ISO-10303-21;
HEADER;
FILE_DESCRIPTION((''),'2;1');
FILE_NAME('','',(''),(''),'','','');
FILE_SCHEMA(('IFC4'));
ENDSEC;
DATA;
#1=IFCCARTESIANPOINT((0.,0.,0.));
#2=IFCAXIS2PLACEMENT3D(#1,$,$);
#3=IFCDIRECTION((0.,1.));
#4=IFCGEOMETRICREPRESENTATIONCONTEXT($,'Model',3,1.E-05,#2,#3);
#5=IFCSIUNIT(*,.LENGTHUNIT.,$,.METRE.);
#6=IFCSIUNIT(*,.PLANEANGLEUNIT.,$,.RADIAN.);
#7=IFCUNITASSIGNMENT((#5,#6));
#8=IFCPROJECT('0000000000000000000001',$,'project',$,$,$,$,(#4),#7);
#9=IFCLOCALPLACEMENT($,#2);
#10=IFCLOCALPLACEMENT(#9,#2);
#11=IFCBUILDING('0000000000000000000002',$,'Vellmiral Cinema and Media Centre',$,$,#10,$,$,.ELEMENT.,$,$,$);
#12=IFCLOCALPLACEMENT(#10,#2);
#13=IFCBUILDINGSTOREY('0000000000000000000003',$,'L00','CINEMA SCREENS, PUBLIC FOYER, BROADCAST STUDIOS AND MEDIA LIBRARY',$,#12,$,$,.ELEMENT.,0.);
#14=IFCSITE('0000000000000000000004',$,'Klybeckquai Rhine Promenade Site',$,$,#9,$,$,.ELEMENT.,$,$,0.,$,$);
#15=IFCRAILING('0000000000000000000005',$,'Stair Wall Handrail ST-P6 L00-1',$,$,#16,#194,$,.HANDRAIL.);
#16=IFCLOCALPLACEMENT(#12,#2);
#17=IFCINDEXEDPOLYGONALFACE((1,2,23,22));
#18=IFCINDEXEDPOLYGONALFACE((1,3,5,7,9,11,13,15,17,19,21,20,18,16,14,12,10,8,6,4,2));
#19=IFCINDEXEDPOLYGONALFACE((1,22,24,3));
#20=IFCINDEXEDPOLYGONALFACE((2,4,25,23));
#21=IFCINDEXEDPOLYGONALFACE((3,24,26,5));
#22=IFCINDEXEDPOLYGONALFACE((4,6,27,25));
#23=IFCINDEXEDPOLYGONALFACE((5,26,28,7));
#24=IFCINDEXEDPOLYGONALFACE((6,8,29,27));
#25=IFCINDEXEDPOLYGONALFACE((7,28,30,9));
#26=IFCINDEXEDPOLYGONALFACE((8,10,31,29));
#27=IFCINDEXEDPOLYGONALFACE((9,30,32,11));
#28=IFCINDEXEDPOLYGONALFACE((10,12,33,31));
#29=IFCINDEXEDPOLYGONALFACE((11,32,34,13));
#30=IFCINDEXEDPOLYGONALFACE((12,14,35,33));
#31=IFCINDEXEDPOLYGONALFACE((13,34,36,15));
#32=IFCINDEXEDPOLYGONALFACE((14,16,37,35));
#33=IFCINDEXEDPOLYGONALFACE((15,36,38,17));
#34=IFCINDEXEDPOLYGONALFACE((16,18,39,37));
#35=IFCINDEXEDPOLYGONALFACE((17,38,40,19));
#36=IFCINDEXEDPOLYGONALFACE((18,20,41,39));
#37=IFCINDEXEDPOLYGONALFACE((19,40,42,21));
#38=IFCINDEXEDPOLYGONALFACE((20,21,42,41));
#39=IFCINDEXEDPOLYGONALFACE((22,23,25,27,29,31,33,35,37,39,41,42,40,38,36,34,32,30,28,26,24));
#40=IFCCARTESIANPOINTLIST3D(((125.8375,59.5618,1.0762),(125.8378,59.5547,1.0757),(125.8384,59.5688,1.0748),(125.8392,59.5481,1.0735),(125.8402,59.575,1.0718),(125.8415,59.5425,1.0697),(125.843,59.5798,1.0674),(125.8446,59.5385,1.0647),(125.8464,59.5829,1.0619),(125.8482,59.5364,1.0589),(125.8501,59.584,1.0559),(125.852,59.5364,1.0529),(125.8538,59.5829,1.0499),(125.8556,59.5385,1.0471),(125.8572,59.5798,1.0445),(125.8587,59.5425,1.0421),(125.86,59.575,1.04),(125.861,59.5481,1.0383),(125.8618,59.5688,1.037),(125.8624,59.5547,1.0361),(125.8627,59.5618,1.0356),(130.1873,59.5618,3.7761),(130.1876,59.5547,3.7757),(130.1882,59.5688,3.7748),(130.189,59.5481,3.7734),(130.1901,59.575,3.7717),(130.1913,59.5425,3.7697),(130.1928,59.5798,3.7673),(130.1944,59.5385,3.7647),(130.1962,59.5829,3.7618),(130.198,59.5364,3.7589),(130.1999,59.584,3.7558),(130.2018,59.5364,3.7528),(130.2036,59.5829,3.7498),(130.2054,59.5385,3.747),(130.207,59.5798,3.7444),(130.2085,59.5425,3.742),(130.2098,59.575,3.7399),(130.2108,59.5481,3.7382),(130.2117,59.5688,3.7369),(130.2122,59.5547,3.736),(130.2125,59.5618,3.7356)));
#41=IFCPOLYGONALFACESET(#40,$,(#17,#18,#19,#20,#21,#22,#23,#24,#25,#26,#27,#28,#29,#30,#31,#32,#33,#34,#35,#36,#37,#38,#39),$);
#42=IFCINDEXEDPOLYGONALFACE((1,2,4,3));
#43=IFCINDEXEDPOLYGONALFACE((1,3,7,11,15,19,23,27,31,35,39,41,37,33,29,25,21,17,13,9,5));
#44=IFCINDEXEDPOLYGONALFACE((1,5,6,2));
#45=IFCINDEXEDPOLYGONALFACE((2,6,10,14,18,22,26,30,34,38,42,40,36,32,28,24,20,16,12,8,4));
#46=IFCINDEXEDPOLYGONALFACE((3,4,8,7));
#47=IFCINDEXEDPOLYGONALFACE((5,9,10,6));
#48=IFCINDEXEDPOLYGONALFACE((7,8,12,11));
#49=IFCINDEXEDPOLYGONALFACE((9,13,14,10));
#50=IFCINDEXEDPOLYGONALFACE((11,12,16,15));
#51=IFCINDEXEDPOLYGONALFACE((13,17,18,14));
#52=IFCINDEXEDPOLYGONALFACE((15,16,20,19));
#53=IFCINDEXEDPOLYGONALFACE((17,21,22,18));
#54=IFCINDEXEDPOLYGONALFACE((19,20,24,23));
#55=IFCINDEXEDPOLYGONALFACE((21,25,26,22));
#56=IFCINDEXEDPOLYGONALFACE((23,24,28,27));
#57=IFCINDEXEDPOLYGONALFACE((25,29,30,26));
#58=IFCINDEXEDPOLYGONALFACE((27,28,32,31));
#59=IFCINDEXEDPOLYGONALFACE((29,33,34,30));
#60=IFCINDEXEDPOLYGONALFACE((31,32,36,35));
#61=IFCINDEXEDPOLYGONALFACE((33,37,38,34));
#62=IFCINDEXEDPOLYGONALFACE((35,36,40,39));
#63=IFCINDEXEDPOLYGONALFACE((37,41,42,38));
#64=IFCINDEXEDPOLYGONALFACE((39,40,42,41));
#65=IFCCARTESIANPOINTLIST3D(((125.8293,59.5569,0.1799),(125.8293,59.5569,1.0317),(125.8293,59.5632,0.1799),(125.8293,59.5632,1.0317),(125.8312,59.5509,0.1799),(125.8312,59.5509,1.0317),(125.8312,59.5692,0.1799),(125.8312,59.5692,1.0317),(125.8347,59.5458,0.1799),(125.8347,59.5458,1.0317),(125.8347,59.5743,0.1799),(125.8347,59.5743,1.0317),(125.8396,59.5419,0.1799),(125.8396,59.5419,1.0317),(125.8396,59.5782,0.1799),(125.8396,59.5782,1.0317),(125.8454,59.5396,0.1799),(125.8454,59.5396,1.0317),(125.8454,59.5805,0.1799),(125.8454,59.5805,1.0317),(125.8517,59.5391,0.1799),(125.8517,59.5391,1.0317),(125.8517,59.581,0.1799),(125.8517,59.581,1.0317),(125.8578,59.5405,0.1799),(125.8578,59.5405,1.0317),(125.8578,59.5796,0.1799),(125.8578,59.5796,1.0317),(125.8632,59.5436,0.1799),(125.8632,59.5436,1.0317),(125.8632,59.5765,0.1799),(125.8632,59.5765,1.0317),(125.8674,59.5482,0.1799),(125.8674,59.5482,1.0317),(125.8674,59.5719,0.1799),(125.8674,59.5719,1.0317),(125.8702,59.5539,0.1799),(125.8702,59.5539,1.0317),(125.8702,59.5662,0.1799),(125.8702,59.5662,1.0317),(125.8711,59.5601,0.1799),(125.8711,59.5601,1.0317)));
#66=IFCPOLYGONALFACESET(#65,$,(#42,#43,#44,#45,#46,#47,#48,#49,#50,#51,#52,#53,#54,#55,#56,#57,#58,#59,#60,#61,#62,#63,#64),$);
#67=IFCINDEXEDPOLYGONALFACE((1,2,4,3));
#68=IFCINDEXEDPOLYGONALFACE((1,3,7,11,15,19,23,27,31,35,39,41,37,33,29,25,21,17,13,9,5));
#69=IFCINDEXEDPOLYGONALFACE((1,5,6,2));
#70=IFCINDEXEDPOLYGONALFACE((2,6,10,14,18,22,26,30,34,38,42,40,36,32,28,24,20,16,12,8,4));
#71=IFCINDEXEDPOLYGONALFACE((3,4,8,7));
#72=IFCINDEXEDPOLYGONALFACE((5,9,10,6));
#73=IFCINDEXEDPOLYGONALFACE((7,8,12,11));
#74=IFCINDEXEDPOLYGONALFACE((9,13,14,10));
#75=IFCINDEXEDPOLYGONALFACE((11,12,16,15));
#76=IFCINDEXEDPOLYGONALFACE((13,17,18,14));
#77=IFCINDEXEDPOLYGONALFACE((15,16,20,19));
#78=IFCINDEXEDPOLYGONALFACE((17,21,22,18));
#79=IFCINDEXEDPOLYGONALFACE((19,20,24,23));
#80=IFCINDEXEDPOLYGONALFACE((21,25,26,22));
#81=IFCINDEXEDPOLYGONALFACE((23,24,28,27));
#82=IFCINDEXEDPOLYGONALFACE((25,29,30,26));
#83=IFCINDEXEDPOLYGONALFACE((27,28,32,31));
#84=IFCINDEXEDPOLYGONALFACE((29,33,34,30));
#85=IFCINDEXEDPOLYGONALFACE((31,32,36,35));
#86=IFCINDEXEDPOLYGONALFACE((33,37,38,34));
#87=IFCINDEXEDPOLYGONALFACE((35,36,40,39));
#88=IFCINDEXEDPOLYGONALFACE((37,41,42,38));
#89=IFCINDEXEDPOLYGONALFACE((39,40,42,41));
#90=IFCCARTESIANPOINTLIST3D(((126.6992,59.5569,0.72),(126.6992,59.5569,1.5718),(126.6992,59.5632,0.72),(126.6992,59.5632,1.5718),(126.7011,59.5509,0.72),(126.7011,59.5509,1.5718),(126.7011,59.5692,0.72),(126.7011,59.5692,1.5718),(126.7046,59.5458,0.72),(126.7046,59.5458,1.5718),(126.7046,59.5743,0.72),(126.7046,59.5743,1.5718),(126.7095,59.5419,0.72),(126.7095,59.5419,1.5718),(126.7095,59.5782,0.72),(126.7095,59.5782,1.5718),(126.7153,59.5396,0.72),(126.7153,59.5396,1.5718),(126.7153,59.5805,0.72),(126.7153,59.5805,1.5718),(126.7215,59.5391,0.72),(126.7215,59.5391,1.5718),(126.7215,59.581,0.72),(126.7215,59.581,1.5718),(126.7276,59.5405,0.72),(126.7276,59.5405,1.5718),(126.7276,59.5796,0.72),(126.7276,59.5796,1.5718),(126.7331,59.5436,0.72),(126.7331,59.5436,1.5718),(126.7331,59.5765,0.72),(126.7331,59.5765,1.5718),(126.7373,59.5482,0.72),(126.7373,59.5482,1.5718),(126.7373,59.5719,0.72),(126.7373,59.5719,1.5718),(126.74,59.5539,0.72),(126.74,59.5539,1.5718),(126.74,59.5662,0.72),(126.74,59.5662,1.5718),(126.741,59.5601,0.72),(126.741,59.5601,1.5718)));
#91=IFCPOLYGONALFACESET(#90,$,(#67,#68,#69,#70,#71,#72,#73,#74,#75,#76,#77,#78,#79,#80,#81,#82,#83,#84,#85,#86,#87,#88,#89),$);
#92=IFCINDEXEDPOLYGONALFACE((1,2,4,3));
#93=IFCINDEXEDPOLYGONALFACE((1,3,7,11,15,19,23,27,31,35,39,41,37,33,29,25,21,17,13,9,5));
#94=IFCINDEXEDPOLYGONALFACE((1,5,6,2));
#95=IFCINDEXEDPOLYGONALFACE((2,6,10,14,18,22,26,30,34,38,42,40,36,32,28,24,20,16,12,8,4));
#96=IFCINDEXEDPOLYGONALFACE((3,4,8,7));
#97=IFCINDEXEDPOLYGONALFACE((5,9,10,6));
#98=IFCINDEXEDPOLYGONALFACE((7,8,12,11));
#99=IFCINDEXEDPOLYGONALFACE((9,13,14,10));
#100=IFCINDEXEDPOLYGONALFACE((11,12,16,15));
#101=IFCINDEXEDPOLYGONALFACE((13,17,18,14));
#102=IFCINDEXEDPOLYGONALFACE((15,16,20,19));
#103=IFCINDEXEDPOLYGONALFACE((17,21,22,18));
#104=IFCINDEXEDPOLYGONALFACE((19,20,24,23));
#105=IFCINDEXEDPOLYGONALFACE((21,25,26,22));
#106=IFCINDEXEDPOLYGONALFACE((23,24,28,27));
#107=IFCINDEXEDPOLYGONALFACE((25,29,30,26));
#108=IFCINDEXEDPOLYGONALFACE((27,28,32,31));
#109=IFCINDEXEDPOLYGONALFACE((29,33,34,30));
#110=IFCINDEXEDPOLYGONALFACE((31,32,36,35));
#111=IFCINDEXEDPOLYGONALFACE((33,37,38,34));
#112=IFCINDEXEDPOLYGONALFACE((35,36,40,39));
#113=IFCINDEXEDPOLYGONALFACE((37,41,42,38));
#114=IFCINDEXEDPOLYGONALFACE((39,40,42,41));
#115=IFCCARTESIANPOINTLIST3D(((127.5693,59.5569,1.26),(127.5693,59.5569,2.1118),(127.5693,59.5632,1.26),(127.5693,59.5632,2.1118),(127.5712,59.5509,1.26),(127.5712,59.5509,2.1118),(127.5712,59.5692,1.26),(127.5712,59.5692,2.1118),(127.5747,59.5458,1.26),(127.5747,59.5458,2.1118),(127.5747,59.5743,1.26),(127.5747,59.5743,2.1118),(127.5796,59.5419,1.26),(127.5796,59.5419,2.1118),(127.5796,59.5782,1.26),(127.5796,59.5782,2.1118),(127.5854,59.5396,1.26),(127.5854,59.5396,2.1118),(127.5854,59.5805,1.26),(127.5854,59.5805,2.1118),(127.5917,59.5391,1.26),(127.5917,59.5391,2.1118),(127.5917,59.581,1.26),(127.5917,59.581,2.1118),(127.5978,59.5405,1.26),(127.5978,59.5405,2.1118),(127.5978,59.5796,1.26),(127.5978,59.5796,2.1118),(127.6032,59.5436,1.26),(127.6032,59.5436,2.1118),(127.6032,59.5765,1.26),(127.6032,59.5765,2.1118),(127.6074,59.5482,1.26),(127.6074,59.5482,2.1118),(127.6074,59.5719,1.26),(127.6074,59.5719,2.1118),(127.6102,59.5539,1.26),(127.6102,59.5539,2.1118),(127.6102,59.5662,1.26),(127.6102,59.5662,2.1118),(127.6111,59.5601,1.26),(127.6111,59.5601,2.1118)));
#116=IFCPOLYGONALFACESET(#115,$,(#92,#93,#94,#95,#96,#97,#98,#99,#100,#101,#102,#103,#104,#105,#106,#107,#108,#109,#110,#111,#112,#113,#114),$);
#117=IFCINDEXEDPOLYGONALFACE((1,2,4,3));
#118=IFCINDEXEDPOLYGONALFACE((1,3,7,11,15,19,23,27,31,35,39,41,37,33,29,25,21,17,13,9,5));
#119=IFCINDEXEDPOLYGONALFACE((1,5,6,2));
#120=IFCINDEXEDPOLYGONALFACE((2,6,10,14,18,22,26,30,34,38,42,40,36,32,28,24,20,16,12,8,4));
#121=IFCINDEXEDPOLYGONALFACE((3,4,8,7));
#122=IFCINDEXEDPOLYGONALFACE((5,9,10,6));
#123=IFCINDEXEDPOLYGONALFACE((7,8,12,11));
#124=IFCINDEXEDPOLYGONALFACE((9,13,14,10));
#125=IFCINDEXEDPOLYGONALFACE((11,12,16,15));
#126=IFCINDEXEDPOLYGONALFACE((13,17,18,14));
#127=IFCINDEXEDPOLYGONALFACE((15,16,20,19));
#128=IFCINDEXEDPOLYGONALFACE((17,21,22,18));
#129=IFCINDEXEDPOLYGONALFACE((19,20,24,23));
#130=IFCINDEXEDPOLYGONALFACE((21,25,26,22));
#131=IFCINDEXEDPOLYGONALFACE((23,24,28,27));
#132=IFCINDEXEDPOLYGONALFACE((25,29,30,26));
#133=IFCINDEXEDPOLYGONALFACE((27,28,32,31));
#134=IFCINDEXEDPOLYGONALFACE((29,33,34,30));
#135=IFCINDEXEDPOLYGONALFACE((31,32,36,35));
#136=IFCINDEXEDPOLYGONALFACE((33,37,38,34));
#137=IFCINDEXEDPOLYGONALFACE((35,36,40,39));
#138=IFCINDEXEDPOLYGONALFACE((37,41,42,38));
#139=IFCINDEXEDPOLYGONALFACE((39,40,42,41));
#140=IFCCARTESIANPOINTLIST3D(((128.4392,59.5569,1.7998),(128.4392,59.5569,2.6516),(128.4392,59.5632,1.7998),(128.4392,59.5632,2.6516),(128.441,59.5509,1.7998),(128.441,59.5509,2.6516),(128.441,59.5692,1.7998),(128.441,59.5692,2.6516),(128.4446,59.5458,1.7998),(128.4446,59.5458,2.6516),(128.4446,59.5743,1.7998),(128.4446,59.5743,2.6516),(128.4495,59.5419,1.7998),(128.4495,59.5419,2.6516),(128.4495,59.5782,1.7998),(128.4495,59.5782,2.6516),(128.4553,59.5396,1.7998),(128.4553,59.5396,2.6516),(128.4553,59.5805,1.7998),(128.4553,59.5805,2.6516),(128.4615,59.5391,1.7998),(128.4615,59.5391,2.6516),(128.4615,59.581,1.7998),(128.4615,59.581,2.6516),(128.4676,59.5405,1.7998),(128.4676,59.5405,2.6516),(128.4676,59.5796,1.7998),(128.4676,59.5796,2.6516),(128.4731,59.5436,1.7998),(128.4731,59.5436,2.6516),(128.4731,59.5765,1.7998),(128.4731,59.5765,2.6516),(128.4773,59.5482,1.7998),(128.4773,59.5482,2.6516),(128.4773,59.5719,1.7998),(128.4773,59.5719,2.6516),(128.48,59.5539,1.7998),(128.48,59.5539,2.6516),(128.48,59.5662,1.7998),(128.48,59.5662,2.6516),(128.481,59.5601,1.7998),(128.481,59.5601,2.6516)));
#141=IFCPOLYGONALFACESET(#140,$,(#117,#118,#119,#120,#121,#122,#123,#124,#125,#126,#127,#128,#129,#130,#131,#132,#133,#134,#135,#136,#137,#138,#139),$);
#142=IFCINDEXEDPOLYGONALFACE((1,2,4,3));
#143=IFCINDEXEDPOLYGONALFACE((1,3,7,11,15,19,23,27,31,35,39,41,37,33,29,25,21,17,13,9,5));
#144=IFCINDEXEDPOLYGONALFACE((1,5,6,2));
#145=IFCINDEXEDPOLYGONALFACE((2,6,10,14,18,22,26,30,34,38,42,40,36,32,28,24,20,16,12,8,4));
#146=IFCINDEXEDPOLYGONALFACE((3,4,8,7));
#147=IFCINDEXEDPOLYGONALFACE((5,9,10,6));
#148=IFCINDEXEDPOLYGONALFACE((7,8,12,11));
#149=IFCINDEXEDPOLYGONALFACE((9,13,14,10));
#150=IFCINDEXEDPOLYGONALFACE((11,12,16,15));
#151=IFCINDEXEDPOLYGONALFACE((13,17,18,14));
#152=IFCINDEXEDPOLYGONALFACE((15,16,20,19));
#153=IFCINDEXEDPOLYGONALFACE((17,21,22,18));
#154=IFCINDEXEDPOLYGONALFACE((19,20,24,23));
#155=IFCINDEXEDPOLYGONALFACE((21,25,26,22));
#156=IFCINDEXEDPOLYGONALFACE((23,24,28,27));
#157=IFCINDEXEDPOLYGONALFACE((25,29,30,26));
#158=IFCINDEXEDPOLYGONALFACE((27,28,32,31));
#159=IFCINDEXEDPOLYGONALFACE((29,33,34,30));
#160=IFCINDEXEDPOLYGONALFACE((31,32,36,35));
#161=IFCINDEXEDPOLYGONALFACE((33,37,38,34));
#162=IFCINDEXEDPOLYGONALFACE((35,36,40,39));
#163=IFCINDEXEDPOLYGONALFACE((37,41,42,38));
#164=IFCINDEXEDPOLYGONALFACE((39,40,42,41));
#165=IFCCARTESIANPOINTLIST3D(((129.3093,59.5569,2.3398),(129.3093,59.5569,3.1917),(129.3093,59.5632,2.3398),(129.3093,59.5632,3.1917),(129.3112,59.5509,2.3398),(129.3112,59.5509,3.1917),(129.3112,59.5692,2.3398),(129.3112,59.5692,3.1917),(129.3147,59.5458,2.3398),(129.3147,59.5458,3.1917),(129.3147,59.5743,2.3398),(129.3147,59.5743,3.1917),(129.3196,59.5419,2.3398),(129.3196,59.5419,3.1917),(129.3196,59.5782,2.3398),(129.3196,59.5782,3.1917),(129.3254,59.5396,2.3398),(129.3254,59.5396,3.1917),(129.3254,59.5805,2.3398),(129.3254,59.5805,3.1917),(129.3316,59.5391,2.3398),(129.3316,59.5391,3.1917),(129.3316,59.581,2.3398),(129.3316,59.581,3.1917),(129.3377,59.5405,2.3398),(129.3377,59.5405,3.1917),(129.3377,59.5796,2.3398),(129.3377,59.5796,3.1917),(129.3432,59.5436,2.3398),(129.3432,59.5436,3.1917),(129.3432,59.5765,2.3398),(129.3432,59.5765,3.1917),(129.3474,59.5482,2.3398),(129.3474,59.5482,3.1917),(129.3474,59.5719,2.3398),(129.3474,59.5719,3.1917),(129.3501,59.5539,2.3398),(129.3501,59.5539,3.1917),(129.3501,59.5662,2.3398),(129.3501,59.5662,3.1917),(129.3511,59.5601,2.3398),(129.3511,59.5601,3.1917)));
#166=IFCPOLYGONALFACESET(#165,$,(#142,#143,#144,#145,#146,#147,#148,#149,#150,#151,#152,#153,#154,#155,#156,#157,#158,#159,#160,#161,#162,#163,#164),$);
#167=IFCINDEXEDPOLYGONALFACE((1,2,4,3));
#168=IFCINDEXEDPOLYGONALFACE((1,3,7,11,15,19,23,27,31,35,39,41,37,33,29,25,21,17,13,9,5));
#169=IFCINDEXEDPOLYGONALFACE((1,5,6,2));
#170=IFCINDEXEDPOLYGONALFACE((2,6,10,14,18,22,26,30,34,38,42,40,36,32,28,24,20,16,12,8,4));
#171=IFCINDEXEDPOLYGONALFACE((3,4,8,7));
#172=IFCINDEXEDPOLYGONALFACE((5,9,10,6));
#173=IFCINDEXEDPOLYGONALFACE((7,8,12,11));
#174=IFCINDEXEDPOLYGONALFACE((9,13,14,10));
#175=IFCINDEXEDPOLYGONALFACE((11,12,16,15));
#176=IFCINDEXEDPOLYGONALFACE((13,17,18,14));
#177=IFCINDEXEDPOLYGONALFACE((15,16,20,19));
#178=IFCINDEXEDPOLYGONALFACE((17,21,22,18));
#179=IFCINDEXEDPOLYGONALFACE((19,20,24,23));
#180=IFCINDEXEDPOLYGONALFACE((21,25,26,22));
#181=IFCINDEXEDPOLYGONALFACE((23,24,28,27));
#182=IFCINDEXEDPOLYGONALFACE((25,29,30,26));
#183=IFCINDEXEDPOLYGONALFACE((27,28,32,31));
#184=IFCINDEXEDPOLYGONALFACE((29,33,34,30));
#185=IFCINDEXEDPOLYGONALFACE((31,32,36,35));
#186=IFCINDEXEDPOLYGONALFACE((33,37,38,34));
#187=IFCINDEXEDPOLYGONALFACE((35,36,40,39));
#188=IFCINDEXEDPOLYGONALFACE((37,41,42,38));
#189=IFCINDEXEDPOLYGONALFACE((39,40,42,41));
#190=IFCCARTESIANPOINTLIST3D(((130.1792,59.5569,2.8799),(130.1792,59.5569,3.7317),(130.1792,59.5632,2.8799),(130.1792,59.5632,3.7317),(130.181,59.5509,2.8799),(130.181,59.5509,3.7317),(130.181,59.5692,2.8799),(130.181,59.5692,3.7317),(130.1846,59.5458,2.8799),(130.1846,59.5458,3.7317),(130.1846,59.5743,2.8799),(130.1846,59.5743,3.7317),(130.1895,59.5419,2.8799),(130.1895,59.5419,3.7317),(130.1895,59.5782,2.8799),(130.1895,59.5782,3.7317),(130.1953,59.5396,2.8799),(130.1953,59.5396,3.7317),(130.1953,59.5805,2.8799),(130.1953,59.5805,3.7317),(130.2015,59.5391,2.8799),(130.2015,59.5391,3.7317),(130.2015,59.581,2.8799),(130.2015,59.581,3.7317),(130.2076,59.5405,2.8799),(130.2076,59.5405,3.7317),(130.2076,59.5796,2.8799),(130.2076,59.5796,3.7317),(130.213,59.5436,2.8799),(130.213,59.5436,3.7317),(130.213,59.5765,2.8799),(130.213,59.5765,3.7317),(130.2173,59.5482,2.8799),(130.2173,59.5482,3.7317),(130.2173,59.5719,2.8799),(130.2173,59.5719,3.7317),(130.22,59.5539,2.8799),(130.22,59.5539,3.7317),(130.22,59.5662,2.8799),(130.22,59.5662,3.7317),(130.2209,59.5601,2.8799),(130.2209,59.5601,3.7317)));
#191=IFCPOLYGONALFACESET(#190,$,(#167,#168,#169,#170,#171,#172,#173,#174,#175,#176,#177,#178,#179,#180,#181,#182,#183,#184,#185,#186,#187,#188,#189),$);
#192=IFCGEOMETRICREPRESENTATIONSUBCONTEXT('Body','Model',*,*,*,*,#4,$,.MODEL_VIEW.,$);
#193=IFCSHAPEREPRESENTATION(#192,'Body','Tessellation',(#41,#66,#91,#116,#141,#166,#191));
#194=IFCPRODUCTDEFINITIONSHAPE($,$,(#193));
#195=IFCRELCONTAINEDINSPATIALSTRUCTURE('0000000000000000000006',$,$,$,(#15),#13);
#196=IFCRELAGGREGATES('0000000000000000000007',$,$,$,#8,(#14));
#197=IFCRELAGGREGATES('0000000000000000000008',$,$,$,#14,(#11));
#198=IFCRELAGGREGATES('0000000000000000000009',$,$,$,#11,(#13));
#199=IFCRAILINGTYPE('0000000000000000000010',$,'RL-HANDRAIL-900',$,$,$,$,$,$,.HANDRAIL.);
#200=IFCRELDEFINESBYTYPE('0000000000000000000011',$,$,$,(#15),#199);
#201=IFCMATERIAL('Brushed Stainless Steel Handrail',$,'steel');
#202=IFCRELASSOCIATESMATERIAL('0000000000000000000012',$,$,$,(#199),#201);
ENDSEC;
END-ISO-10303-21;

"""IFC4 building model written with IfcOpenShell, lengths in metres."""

from ifc_helpers import new_model, si_unit, direction, frame, origin, origin_2d, place, context, subcontext, project, spatial, circle, extrude, material, type_object, element, save


model = new_model("IFC4")

# Units and contexts
model_context = context("Model", 3, precision=1e-05, world=origin(), true_north=direction((0.0, 1.0)))
body_context = subcontext(model_context, "Body", "Model", "MODEL_VIEW")
ifc_project = project(units=[si_unit("LENGTHUNIT", "METRE"), si_unit("PLANEANGLEUNIT", "RADIAN")], contexts=[model_context])

# Site, building, storey
site_placement = place(None, origin())
site = spatial("IfcSite", under=ifc_project, at=site_placement, Name="Klybeckquai Rhine Promenade Site", CompositionType="ELEMENT", RefElevation=0.0)
building_placement = place(site_placement, origin())
building = spatial("IfcBuilding", under=site, at=building_placement, Name="Vellmiral Cinema and Media Centre", CompositionType="ELEMENT")
storey_placement = place(building_placement, origin())
storey = spatial("IfcBuildingStorey", under=building, at=storey_placement, Name="L00", Description="CINEMA SCREENS, PUBLIC FOYER, BROADCAST STUDIOS AND MEDIA LIBRARY", CompositionType="ELEMENT", Elevation=0.0)

# Railing
ifc_material_1 = material(Name="Brushed Stainless Steel Handrail", Category="steel")
railing_type_1 = type_object("IfcRailingType", Name="RL-HANDRAIL-900", PredefinedType="HANDRAIL", material=ifc_material_1)
railing_1_placement = place(storey_placement, frame((125.8501, 59.5601, 0.1799)))
element("IfcRailing", 1, at=railing_1_placement, inside=storey, type_object=railing_type_1, Name="Stair Wall Handrail ST-P6 L00-1", PredefinedType="HANDRAIL", context=body_context, shape_type="SweptSolid", body=[
    extrude(circle(Radius=0.0239, at=origin_2d()), frame((0.0, 0.0, 0.876), z_axis=(0.849636, 0.0, 0.527369), x_axis=(0.0, 1.0, 0.0)), (0.0, 0.0, 1.0), 5.1196),
    extrude(circle(Radius=0.021, at=origin_2d()), origin(), (0.0, 0.0, 1.0), 0.8518),
    extrude(circle(Radius=0.021, at=origin_2d()), frame((0.8699, 0.0, 0.54)), (0.0, 0.0, 1.0), 0.8518),
    extrude(circle(Radius=0.021, at=origin_2d()), frame((1.74, 0.0, 1.0801)), (0.0, 0.0, 1.0), 0.8518),
    extrude(circle(Radius=0.021, at=origin_2d()), frame((2.6099, 0.0, 1.6199)), (0.0, 0.0, 1.0), 0.8518),
    extrude(circle(Radius=0.021, at=origin_2d()), frame((3.48, 0.0, 2.1599)), (0.0, 0.0, 1.0), 0.8518),
    extrude(circle(Radius=0.021, at=origin_2d()), frame((4.3499, 0.0, 2.7)), (0.0, 0.0, 1.0), 0.8518),
])

save(model, "model.ifc")
